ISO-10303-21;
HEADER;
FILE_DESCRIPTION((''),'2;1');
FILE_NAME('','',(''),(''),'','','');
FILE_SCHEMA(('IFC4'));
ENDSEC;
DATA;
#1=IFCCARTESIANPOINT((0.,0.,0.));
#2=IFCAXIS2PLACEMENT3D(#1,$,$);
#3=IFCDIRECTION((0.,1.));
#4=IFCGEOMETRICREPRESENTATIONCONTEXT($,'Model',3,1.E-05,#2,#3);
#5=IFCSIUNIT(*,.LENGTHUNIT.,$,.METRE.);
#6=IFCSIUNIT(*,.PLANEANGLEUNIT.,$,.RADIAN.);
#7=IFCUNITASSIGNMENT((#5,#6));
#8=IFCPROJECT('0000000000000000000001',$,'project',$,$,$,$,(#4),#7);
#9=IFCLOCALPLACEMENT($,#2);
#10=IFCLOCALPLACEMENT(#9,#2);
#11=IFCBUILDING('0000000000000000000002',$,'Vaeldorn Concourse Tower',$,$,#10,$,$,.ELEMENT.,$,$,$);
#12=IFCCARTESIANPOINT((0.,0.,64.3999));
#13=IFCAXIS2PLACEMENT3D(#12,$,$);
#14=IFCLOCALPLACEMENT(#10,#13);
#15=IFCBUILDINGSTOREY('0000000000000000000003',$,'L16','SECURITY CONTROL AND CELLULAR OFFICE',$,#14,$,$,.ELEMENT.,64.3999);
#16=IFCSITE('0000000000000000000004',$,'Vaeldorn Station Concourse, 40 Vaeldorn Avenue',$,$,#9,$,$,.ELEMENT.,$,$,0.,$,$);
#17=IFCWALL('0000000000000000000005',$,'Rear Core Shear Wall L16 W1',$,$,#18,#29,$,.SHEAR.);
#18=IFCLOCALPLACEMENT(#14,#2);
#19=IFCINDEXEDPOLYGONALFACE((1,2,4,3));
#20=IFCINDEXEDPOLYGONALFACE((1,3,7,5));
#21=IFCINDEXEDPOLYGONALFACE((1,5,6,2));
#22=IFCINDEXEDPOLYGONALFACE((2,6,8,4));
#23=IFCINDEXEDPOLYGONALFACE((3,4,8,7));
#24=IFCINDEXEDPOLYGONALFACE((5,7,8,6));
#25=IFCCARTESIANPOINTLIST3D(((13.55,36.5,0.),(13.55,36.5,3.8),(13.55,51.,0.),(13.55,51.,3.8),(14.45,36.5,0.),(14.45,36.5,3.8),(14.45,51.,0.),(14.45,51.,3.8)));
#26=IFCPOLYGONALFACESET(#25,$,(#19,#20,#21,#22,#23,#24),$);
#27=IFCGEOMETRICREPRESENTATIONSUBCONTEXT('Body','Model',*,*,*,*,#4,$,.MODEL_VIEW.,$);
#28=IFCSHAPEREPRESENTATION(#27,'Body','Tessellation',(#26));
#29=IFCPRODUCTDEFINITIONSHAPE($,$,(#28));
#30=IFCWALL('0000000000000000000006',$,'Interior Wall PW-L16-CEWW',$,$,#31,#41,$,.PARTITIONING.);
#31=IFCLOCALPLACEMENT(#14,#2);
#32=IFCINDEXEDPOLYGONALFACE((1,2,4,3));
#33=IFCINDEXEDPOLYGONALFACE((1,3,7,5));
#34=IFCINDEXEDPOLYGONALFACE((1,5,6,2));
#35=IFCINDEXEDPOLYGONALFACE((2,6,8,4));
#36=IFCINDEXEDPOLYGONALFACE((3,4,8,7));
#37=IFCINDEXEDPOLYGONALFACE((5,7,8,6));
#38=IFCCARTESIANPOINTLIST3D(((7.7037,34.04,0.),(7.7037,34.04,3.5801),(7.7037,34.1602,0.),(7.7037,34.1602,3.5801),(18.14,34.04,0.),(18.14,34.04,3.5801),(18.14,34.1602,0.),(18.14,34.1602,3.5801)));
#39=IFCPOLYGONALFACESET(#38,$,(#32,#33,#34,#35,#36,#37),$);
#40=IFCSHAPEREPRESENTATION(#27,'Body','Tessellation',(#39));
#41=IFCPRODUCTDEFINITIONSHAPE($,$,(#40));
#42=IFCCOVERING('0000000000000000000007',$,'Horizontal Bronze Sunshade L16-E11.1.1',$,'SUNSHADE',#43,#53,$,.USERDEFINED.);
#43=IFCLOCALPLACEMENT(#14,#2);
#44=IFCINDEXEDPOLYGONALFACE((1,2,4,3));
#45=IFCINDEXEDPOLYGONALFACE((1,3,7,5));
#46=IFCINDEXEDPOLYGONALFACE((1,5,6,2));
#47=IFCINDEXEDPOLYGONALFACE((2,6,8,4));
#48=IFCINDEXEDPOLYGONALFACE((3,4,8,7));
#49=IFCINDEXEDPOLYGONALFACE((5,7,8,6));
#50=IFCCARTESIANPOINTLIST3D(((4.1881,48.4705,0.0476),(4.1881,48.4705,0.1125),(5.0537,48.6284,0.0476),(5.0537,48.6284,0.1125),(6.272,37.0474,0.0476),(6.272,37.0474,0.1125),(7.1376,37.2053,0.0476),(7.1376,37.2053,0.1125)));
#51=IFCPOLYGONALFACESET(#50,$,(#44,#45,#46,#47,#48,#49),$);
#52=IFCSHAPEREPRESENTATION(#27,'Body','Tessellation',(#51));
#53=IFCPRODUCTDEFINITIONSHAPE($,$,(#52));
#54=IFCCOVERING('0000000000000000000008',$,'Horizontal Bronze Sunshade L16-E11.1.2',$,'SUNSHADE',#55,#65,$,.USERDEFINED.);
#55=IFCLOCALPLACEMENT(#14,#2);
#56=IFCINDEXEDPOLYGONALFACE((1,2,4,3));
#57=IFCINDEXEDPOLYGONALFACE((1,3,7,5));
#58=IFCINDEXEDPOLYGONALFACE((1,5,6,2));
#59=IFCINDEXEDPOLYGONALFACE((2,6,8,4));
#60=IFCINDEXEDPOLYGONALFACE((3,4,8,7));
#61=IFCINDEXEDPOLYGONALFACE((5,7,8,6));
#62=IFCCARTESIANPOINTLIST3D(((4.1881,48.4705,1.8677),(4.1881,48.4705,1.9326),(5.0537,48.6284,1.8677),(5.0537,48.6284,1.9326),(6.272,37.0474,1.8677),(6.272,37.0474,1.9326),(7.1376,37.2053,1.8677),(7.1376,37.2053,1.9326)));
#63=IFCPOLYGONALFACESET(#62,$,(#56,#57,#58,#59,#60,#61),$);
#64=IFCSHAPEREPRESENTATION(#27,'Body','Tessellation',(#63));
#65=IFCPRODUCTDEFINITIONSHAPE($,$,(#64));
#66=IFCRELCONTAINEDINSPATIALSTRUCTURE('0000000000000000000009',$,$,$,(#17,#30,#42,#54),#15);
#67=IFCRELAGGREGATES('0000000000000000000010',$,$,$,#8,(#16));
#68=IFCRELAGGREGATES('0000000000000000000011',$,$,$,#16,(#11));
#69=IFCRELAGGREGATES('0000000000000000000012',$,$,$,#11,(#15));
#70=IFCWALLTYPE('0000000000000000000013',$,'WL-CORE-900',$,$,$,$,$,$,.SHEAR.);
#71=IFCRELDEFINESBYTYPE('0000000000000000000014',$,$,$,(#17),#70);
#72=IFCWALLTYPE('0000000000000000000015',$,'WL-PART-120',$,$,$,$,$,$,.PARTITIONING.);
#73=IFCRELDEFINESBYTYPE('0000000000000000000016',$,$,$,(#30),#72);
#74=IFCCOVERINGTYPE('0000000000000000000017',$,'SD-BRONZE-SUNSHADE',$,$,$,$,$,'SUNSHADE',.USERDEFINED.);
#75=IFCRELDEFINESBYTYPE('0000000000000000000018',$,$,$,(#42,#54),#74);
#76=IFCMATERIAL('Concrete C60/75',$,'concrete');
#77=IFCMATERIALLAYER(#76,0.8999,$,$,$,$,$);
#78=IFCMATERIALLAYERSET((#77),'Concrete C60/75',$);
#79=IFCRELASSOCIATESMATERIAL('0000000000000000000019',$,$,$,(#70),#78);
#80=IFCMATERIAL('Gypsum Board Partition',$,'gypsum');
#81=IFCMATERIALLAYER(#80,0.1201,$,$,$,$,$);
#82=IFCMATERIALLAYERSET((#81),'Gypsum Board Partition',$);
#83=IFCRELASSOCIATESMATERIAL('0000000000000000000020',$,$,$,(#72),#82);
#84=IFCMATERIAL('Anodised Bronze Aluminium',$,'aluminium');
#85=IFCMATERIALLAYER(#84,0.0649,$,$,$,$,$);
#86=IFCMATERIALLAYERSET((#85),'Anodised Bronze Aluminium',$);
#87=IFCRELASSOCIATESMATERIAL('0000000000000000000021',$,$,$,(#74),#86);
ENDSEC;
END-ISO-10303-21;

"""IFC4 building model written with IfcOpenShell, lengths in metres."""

from ifc_helpers import new_model, si_unit, direction, frame, frame_2d, origin, origin_2d, place, context, subcontext, project, spatial, rectangle, extrude, source, transform, mapped, material, layer, layer_set, type_object, element, save


model = new_model("IFC4")

# Units and contexts
model_context = context("Model", 3, precision=1e-05, world=origin(), true_north=direction((0.0, 1.0)))
body_context = subcontext(model_context, "Body", "Model", "MODEL_VIEW")
ifc_project = project(units=[si_unit("LENGTHUNIT", "METRE"), si_unit("PLANEANGLEUNIT", "RADIAN")], contexts=[model_context])

# Site, building, storey
site_placement = place(None, origin())
site = spatial("IfcSite", under=ifc_project, at=site_placement, Name="Vaeldorn Station Concourse, 40 Vaeldorn Avenue", CompositionType="ELEMENT", RefElevation=0.0)
building_placement = place(site_placement, origin())
building = spatial("IfcBuilding", under=site, at=building_placement, Name="Vaeldorn Concourse Tower", CompositionType="ELEMENT")
storey_placement = place(building_placement, frame((0.0, 0.0, 64.3999)))
storey = spatial("IfcBuildingStorey", under=building, at=storey_placement, Name="L16", Description="SECURITY CONTROL AND CELLULAR OFFICE", CompositionType="ELEMENT", Elevation=64.3999)

# Shared definitions
ifc_material_1 = material(Name="Concrete C60/75", Category="concrete")

# Shared definitions
ifc_material_2 = material(Name="Anodised Bronze Aluminium", Category="aluminium")

# Walls
ifc_layer_1 = layer(ifc_material_1, 0.8999)
ifc_layer_set_1 = layer_set([ifc_layer_1], Name="Concrete C60/75")
wall_type_1 = type_object("IfcWallType", Name="WL-CORE-900", PredefinedType="SHEAR", material=ifc_layer_set_1)
wall_1_placement = place(storey_placement, frame((14.0, 36.5, 0.0), z_axis=(0.0, 0.0, 1.0), x_axis=(0.0, 1.0, 0.0)))
element("IfcWall", 1, at=wall_1_placement, inside=storey, type_object=wall_type_1, Name="Rear Core Shear Wall L16 W1", PredefinedType="SHEAR", context=body_context, shape_type="SweptSolid", body=[
    extrude(rectangle(XDim=14.5, YDim=0.8999, at=frame_2d((7.25, 0.0))), origin(), (0.0, 0.0, 1.0), 3.8),
])
ifc_material_3 = material(Name="Gypsum Board Partition", Category="gypsum")
ifc_layer_2 = layer(ifc_material_3, 0.1201)
ifc_layer_set_2 = layer_set([ifc_layer_2], Name="Gypsum Board Partition")
wall_type_2 = type_object("IfcWallType", Name="WL-PART-120", PredefinedType="PARTITIONING", material=ifc_layer_set_2)
wall_2_placement = place(storey_placement, frame((7.7036, 34.1001, 0.0), z_axis=(0.0, 0.0, 1.0), x_axis=(1.0, 0.0, 0.0)))
element("IfcWall", 2, at=wall_2_placement, inside=storey, type_object=wall_type_2, Name="Interior Wall PW-L16-CEWW", PredefinedType="PARTITIONING", context=body_context, shape_type="SweptSolid", body=[
    extrude(rectangle(XDim=10.4363, YDim=0.1201, at=frame_2d((5.2183, 0.0))), origin(), (0.0, 0.0, 1.0), 3.5801),
])

# Coverings
ifc_layer_3 = layer(ifc_material_2, 0.0649)
ifc_layer_set_3 = layer_set([ifc_layer_3], Name="Anodised Bronze Aluminium")
covering_type = type_object("IfcCoveringType", Name="SD-BRONZE-SUNSHADE", ElementType="SUNSHADE", PredefinedType="USERDEFINED", material=ifc_layer_set_3)
shared_shape_1 = source(origin(), body_context, "Body", "SweptSolid", [
    extrude(rectangle(XDim=11.6116, YDim=0.8799, at=origin_2d()), origin(), (0.0, 0.0, 1.0), 0.0649),
])
for number, where, z_axis, x_axis, name in (
    (3, (5.6628, 42.8379, 0.0476), (0.0, 0.0, 1.0), (0.179472, -0.983763, 0.0), "Horizontal Bronze Sunshade L16-E11.1.1"),
    (4, (5.6628, 42.8379, 1.8677), (0.0, 0.0, 1.0), (0.179472, -0.983763, 0.0), "Horizontal Bronze Sunshade L16-E11.1.2"),
):
    element("IfcCovering", number, at=place(storey_placement, frame(where, z_axis=z_axis, x_axis=x_axis)), inside=storey, type_object=covering_type, Name=name, ObjectType="SUNSHADE", PredefinedType="USERDEFINED", context=body_context, shape_type="MappedRepresentation", body=[
        mapped(shared_shape_1, transform((0.0, 0.0, 0.0), scale=1.0)),
    ])

save(model, "model.ifc")
